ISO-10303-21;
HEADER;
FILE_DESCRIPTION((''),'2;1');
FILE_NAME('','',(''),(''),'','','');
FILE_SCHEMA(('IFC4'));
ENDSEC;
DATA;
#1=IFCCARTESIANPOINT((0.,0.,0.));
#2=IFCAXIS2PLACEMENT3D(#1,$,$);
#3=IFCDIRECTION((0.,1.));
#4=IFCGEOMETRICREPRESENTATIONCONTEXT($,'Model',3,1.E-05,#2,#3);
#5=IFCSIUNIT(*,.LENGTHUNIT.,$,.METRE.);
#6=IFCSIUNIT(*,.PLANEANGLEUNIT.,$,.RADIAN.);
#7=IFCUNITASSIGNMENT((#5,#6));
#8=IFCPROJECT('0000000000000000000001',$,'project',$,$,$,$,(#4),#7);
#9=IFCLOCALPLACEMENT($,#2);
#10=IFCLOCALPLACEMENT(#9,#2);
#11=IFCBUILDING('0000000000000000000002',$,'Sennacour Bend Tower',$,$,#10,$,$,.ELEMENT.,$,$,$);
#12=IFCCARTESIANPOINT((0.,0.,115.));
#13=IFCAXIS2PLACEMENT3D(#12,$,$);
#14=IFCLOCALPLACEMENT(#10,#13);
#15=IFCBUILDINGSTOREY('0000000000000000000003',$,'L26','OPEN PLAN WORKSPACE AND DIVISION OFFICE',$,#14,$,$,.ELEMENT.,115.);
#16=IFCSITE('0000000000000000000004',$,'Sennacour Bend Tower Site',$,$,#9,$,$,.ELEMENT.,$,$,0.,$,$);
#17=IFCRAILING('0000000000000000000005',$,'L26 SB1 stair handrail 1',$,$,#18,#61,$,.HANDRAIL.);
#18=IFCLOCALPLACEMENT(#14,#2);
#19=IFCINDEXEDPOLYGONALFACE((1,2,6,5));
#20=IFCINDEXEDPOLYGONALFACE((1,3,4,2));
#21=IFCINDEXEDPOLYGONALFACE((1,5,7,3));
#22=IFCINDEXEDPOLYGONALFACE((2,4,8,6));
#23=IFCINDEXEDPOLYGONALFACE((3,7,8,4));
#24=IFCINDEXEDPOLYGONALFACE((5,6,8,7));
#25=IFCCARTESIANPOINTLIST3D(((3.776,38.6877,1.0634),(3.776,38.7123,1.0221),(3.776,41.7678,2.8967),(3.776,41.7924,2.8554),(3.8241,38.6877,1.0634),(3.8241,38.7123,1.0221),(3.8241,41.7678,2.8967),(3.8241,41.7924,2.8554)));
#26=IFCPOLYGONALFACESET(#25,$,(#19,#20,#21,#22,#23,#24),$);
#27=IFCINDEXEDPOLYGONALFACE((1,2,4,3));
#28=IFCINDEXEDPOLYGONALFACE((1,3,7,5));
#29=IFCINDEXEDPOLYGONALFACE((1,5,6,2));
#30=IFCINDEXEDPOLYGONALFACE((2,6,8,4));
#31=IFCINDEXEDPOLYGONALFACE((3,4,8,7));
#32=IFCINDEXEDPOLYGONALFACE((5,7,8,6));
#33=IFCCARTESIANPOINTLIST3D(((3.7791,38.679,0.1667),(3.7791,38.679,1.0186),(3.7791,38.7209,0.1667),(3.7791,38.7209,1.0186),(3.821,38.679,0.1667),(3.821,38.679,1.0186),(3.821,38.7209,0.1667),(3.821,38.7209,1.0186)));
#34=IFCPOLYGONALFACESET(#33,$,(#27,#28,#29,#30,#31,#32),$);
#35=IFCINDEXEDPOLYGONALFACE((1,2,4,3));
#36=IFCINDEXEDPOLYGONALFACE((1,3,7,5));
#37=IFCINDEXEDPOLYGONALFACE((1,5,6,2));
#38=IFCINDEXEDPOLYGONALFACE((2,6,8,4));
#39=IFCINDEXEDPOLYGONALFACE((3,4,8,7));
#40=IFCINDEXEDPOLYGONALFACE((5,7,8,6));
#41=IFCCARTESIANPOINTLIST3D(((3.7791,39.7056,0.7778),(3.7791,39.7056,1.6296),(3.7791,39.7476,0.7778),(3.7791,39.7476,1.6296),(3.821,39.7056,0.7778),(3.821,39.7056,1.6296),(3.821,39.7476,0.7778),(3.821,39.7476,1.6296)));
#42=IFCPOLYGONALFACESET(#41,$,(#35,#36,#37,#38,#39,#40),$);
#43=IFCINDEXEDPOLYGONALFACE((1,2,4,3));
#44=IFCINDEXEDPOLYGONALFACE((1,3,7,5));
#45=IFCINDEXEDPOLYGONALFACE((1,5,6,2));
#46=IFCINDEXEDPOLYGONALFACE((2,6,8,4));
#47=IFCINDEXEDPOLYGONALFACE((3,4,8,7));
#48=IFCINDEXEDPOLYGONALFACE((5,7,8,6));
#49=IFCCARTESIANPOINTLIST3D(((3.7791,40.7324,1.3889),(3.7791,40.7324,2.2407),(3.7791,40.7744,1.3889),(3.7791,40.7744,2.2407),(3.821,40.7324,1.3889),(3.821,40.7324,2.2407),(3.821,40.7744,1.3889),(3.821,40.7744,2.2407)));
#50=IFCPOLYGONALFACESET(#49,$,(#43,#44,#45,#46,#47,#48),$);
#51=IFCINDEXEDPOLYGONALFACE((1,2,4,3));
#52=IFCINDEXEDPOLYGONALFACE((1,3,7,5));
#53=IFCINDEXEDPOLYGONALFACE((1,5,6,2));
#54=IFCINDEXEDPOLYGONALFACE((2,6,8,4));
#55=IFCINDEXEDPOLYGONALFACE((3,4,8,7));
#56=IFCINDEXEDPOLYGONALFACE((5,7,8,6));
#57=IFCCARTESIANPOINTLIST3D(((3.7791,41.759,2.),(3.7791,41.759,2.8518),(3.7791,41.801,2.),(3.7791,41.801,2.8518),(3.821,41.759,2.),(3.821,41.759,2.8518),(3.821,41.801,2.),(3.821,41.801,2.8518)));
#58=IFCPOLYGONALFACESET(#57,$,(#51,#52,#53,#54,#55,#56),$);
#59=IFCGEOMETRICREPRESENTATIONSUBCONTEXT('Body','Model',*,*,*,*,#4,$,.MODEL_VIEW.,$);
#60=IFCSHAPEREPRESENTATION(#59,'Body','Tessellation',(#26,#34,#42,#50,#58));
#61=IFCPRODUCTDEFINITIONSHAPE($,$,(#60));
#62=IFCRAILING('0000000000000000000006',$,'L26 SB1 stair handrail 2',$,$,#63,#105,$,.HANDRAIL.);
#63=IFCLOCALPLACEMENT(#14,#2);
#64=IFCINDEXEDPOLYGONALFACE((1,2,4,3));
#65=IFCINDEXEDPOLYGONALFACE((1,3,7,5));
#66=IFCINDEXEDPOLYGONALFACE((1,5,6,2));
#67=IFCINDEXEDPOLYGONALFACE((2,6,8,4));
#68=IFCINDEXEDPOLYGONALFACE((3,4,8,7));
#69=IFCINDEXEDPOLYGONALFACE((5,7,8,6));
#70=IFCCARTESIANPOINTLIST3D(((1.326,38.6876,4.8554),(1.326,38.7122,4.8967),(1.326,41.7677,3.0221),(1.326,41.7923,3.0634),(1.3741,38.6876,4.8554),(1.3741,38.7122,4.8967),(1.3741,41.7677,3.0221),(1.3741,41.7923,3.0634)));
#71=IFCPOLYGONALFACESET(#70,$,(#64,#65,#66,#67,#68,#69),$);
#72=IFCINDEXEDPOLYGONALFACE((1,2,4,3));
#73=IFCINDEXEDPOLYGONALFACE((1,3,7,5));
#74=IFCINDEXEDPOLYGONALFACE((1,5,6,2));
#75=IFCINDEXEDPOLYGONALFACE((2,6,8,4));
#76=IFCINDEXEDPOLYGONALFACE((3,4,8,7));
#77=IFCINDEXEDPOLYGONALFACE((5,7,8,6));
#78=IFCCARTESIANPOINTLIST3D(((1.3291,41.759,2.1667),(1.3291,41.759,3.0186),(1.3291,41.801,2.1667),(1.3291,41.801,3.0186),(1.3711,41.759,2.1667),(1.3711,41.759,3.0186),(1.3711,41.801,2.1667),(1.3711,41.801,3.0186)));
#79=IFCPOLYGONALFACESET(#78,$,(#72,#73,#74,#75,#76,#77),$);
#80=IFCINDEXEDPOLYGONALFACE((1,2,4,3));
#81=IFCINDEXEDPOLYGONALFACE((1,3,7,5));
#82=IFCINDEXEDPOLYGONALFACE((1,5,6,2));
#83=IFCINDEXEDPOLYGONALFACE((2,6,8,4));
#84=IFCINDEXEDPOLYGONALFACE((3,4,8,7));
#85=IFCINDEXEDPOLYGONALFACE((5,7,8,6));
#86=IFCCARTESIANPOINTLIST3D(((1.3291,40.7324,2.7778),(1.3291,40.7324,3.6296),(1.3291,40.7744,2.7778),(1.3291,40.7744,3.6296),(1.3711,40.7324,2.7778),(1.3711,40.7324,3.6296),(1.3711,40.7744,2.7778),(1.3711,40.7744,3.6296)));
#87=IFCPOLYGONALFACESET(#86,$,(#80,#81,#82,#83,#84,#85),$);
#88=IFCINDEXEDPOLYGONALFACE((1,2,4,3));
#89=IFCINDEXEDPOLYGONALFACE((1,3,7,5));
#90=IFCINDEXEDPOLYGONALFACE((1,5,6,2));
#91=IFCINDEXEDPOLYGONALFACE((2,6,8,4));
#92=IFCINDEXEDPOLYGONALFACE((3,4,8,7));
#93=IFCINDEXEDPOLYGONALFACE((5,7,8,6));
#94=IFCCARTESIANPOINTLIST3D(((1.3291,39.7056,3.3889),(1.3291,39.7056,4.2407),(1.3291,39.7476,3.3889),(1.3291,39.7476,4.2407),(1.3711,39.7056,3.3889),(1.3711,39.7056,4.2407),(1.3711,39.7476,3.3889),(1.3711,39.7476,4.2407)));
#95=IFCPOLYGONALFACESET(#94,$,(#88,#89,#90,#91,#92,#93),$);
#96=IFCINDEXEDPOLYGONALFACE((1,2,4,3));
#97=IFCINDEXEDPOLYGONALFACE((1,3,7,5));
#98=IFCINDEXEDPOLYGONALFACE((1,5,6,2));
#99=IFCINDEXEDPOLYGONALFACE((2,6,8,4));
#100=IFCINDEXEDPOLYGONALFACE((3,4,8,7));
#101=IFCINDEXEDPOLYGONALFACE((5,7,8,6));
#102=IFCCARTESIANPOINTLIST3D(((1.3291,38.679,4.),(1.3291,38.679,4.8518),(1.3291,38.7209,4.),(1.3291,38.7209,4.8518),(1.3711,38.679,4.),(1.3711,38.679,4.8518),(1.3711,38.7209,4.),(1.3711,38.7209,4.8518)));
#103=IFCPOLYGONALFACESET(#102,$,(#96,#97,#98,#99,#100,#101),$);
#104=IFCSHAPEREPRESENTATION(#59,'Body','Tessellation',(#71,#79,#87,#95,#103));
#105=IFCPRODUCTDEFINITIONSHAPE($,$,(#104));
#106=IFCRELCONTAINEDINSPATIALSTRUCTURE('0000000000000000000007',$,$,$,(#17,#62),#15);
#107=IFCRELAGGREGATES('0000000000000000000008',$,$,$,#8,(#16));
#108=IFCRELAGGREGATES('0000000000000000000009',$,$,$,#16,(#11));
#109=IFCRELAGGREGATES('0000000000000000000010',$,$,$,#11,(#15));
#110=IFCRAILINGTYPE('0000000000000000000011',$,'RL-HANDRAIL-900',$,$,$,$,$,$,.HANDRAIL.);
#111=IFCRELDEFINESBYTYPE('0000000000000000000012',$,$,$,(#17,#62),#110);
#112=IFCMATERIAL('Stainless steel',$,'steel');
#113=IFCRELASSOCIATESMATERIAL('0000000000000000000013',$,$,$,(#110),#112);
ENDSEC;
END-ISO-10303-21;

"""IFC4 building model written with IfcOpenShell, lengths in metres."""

from ifc_helpers import new_model, si_unit, direction, frame, origin, origin_2d, place, context, subcontext, project, spatial, rectangle, extrude, material, type_object, element, save


model = new_model("IFC4")

# Units and contexts
model_context = context("Model", 3, precision=1e-05, world=origin(), true_north=direction((0.0, 1.0)))
body_context = subcontext(model_context, "Body", "Model", "MODEL_VIEW")
ifc_project = project(units=[si_unit("LENGTHUNIT", "METRE"), si_unit("PLANEANGLEUNIT", "RADIAN")], contexts=[model_context])

# Site, building, storey
site_placement = place(None, origin())
site = spatial("IfcSite", under=ifc_project, at=site_placement, Name="Sennacour Bend Tower Site", CompositionType="ELEMENT", RefElevation=0.0)
building_placement = place(site_placement, origin())
building = spatial("IfcBuilding", under=site, at=building_placement, Name="Sennacour Bend Tower", CompositionType="ELEMENT")
storey_placement = place(building_placement, frame((0.0, 0.0, 115.0)))
storey = spatial("IfcBuildingStorey", under=building, at=storey_placement, Name="L26", Description="OPEN PLAN WORKSPACE AND DIVISION OFFICE", CompositionType="ELEMENT", Elevation=115.0)

# Shared definitions
ifc_material_1 = material(Name="Stainless steel", Category="steel")

# Railings
railing_type_1 = type_object("IfcRailingType", Name="RL-HANDRAIL-900", PredefinedType="HANDRAIL", material=ifc_material_1)
railing_1_placement = place(storey_placement, frame((3.8, 38.7, 0.1667)))
element("IfcRailing", 1, at=railing_1_placement, inside=storey, type_object=railing_type_1, Name="L26 SB1 stair handrail 1", PredefinedType="HANDRAIL", context=body_context, shape_type="SweptSolid", body=[
    extrude(rectangle(XDim=0.0481, YDim=0.0481, at=origin_2d()), frame((0.0, 0.0, 0.876), z_axis=(0.0, 0.859309, 0.511458), x_axis=(-1.0, 0.0, 0.0)), (0.0, 0.0, 1.0), 3.5845),
    extrude(rectangle(XDim=0.042, YDim=0.042, at=origin_2d()), origin(), (0.0, 0.0, 1.0), 0.8518),
    extrude(rectangle(XDim=0.042, YDim=0.042, at=origin_2d()), frame((0.0, 1.0266, 0.6111)), (0.0, 0.0, 1.0), 0.8518),
    extrude(rectangle(XDim=0.042, YDim=0.042, at=origin_2d()), frame((0.0, 2.0535, 1.2222)), (0.0, 0.0, 1.0), 0.8518),
    extrude(rectangle(XDim=0.042, YDim=0.042, at=origin_2d()), frame((0.0, 3.0801, 1.8333)), (0.0, 0.0, 1.0), 0.8518),
])
railing_2_placement = place(storey_placement, frame((1.3501, 41.78, 2.1667)))
element("IfcRailing", 2, at=railing_2_placement, inside=storey, type_object=railing_type_1, Name="L26 SB1 stair handrail 2", PredefinedType="HANDRAIL", context=body_context, shape_type="SweptSolid", body=[
    extrude(rectangle(XDim=0.0481, YDim=0.0481, at=origin_2d()), frame((0.0, 0.0, 0.876), z_axis=(0.0, -0.859309, 0.511458), x_axis=(1.0, 0.0, 0.0)), (0.0, 0.0, 1.0), 3.5845),
    extrude(rectangle(XDim=0.042, YDim=0.042, at=origin_2d()), origin(), (0.0, 0.0, 1.0), 0.8518),
    extrude(rectangle(XDim=0.042, YDim=0.042, at=origin_2d()), frame((0.0, -1.0266, 0.6111)), (0.0, 0.0, 1.0), 0.8518),
    extrude(rectangle(XDim=0.042, YDim=0.042, at=origin_2d()), frame((0.0, -2.0535, 1.2222)), (0.0, 0.0, 1.0), 0.8518),
    extrude(rectangle(XDim=0.042, YDim=0.042, at=origin_2d()), frame((0.0, -3.0801, 1.8333)), (0.0, 0.0, 1.0), 0.8518),
])

save(model, "model.ifc")
